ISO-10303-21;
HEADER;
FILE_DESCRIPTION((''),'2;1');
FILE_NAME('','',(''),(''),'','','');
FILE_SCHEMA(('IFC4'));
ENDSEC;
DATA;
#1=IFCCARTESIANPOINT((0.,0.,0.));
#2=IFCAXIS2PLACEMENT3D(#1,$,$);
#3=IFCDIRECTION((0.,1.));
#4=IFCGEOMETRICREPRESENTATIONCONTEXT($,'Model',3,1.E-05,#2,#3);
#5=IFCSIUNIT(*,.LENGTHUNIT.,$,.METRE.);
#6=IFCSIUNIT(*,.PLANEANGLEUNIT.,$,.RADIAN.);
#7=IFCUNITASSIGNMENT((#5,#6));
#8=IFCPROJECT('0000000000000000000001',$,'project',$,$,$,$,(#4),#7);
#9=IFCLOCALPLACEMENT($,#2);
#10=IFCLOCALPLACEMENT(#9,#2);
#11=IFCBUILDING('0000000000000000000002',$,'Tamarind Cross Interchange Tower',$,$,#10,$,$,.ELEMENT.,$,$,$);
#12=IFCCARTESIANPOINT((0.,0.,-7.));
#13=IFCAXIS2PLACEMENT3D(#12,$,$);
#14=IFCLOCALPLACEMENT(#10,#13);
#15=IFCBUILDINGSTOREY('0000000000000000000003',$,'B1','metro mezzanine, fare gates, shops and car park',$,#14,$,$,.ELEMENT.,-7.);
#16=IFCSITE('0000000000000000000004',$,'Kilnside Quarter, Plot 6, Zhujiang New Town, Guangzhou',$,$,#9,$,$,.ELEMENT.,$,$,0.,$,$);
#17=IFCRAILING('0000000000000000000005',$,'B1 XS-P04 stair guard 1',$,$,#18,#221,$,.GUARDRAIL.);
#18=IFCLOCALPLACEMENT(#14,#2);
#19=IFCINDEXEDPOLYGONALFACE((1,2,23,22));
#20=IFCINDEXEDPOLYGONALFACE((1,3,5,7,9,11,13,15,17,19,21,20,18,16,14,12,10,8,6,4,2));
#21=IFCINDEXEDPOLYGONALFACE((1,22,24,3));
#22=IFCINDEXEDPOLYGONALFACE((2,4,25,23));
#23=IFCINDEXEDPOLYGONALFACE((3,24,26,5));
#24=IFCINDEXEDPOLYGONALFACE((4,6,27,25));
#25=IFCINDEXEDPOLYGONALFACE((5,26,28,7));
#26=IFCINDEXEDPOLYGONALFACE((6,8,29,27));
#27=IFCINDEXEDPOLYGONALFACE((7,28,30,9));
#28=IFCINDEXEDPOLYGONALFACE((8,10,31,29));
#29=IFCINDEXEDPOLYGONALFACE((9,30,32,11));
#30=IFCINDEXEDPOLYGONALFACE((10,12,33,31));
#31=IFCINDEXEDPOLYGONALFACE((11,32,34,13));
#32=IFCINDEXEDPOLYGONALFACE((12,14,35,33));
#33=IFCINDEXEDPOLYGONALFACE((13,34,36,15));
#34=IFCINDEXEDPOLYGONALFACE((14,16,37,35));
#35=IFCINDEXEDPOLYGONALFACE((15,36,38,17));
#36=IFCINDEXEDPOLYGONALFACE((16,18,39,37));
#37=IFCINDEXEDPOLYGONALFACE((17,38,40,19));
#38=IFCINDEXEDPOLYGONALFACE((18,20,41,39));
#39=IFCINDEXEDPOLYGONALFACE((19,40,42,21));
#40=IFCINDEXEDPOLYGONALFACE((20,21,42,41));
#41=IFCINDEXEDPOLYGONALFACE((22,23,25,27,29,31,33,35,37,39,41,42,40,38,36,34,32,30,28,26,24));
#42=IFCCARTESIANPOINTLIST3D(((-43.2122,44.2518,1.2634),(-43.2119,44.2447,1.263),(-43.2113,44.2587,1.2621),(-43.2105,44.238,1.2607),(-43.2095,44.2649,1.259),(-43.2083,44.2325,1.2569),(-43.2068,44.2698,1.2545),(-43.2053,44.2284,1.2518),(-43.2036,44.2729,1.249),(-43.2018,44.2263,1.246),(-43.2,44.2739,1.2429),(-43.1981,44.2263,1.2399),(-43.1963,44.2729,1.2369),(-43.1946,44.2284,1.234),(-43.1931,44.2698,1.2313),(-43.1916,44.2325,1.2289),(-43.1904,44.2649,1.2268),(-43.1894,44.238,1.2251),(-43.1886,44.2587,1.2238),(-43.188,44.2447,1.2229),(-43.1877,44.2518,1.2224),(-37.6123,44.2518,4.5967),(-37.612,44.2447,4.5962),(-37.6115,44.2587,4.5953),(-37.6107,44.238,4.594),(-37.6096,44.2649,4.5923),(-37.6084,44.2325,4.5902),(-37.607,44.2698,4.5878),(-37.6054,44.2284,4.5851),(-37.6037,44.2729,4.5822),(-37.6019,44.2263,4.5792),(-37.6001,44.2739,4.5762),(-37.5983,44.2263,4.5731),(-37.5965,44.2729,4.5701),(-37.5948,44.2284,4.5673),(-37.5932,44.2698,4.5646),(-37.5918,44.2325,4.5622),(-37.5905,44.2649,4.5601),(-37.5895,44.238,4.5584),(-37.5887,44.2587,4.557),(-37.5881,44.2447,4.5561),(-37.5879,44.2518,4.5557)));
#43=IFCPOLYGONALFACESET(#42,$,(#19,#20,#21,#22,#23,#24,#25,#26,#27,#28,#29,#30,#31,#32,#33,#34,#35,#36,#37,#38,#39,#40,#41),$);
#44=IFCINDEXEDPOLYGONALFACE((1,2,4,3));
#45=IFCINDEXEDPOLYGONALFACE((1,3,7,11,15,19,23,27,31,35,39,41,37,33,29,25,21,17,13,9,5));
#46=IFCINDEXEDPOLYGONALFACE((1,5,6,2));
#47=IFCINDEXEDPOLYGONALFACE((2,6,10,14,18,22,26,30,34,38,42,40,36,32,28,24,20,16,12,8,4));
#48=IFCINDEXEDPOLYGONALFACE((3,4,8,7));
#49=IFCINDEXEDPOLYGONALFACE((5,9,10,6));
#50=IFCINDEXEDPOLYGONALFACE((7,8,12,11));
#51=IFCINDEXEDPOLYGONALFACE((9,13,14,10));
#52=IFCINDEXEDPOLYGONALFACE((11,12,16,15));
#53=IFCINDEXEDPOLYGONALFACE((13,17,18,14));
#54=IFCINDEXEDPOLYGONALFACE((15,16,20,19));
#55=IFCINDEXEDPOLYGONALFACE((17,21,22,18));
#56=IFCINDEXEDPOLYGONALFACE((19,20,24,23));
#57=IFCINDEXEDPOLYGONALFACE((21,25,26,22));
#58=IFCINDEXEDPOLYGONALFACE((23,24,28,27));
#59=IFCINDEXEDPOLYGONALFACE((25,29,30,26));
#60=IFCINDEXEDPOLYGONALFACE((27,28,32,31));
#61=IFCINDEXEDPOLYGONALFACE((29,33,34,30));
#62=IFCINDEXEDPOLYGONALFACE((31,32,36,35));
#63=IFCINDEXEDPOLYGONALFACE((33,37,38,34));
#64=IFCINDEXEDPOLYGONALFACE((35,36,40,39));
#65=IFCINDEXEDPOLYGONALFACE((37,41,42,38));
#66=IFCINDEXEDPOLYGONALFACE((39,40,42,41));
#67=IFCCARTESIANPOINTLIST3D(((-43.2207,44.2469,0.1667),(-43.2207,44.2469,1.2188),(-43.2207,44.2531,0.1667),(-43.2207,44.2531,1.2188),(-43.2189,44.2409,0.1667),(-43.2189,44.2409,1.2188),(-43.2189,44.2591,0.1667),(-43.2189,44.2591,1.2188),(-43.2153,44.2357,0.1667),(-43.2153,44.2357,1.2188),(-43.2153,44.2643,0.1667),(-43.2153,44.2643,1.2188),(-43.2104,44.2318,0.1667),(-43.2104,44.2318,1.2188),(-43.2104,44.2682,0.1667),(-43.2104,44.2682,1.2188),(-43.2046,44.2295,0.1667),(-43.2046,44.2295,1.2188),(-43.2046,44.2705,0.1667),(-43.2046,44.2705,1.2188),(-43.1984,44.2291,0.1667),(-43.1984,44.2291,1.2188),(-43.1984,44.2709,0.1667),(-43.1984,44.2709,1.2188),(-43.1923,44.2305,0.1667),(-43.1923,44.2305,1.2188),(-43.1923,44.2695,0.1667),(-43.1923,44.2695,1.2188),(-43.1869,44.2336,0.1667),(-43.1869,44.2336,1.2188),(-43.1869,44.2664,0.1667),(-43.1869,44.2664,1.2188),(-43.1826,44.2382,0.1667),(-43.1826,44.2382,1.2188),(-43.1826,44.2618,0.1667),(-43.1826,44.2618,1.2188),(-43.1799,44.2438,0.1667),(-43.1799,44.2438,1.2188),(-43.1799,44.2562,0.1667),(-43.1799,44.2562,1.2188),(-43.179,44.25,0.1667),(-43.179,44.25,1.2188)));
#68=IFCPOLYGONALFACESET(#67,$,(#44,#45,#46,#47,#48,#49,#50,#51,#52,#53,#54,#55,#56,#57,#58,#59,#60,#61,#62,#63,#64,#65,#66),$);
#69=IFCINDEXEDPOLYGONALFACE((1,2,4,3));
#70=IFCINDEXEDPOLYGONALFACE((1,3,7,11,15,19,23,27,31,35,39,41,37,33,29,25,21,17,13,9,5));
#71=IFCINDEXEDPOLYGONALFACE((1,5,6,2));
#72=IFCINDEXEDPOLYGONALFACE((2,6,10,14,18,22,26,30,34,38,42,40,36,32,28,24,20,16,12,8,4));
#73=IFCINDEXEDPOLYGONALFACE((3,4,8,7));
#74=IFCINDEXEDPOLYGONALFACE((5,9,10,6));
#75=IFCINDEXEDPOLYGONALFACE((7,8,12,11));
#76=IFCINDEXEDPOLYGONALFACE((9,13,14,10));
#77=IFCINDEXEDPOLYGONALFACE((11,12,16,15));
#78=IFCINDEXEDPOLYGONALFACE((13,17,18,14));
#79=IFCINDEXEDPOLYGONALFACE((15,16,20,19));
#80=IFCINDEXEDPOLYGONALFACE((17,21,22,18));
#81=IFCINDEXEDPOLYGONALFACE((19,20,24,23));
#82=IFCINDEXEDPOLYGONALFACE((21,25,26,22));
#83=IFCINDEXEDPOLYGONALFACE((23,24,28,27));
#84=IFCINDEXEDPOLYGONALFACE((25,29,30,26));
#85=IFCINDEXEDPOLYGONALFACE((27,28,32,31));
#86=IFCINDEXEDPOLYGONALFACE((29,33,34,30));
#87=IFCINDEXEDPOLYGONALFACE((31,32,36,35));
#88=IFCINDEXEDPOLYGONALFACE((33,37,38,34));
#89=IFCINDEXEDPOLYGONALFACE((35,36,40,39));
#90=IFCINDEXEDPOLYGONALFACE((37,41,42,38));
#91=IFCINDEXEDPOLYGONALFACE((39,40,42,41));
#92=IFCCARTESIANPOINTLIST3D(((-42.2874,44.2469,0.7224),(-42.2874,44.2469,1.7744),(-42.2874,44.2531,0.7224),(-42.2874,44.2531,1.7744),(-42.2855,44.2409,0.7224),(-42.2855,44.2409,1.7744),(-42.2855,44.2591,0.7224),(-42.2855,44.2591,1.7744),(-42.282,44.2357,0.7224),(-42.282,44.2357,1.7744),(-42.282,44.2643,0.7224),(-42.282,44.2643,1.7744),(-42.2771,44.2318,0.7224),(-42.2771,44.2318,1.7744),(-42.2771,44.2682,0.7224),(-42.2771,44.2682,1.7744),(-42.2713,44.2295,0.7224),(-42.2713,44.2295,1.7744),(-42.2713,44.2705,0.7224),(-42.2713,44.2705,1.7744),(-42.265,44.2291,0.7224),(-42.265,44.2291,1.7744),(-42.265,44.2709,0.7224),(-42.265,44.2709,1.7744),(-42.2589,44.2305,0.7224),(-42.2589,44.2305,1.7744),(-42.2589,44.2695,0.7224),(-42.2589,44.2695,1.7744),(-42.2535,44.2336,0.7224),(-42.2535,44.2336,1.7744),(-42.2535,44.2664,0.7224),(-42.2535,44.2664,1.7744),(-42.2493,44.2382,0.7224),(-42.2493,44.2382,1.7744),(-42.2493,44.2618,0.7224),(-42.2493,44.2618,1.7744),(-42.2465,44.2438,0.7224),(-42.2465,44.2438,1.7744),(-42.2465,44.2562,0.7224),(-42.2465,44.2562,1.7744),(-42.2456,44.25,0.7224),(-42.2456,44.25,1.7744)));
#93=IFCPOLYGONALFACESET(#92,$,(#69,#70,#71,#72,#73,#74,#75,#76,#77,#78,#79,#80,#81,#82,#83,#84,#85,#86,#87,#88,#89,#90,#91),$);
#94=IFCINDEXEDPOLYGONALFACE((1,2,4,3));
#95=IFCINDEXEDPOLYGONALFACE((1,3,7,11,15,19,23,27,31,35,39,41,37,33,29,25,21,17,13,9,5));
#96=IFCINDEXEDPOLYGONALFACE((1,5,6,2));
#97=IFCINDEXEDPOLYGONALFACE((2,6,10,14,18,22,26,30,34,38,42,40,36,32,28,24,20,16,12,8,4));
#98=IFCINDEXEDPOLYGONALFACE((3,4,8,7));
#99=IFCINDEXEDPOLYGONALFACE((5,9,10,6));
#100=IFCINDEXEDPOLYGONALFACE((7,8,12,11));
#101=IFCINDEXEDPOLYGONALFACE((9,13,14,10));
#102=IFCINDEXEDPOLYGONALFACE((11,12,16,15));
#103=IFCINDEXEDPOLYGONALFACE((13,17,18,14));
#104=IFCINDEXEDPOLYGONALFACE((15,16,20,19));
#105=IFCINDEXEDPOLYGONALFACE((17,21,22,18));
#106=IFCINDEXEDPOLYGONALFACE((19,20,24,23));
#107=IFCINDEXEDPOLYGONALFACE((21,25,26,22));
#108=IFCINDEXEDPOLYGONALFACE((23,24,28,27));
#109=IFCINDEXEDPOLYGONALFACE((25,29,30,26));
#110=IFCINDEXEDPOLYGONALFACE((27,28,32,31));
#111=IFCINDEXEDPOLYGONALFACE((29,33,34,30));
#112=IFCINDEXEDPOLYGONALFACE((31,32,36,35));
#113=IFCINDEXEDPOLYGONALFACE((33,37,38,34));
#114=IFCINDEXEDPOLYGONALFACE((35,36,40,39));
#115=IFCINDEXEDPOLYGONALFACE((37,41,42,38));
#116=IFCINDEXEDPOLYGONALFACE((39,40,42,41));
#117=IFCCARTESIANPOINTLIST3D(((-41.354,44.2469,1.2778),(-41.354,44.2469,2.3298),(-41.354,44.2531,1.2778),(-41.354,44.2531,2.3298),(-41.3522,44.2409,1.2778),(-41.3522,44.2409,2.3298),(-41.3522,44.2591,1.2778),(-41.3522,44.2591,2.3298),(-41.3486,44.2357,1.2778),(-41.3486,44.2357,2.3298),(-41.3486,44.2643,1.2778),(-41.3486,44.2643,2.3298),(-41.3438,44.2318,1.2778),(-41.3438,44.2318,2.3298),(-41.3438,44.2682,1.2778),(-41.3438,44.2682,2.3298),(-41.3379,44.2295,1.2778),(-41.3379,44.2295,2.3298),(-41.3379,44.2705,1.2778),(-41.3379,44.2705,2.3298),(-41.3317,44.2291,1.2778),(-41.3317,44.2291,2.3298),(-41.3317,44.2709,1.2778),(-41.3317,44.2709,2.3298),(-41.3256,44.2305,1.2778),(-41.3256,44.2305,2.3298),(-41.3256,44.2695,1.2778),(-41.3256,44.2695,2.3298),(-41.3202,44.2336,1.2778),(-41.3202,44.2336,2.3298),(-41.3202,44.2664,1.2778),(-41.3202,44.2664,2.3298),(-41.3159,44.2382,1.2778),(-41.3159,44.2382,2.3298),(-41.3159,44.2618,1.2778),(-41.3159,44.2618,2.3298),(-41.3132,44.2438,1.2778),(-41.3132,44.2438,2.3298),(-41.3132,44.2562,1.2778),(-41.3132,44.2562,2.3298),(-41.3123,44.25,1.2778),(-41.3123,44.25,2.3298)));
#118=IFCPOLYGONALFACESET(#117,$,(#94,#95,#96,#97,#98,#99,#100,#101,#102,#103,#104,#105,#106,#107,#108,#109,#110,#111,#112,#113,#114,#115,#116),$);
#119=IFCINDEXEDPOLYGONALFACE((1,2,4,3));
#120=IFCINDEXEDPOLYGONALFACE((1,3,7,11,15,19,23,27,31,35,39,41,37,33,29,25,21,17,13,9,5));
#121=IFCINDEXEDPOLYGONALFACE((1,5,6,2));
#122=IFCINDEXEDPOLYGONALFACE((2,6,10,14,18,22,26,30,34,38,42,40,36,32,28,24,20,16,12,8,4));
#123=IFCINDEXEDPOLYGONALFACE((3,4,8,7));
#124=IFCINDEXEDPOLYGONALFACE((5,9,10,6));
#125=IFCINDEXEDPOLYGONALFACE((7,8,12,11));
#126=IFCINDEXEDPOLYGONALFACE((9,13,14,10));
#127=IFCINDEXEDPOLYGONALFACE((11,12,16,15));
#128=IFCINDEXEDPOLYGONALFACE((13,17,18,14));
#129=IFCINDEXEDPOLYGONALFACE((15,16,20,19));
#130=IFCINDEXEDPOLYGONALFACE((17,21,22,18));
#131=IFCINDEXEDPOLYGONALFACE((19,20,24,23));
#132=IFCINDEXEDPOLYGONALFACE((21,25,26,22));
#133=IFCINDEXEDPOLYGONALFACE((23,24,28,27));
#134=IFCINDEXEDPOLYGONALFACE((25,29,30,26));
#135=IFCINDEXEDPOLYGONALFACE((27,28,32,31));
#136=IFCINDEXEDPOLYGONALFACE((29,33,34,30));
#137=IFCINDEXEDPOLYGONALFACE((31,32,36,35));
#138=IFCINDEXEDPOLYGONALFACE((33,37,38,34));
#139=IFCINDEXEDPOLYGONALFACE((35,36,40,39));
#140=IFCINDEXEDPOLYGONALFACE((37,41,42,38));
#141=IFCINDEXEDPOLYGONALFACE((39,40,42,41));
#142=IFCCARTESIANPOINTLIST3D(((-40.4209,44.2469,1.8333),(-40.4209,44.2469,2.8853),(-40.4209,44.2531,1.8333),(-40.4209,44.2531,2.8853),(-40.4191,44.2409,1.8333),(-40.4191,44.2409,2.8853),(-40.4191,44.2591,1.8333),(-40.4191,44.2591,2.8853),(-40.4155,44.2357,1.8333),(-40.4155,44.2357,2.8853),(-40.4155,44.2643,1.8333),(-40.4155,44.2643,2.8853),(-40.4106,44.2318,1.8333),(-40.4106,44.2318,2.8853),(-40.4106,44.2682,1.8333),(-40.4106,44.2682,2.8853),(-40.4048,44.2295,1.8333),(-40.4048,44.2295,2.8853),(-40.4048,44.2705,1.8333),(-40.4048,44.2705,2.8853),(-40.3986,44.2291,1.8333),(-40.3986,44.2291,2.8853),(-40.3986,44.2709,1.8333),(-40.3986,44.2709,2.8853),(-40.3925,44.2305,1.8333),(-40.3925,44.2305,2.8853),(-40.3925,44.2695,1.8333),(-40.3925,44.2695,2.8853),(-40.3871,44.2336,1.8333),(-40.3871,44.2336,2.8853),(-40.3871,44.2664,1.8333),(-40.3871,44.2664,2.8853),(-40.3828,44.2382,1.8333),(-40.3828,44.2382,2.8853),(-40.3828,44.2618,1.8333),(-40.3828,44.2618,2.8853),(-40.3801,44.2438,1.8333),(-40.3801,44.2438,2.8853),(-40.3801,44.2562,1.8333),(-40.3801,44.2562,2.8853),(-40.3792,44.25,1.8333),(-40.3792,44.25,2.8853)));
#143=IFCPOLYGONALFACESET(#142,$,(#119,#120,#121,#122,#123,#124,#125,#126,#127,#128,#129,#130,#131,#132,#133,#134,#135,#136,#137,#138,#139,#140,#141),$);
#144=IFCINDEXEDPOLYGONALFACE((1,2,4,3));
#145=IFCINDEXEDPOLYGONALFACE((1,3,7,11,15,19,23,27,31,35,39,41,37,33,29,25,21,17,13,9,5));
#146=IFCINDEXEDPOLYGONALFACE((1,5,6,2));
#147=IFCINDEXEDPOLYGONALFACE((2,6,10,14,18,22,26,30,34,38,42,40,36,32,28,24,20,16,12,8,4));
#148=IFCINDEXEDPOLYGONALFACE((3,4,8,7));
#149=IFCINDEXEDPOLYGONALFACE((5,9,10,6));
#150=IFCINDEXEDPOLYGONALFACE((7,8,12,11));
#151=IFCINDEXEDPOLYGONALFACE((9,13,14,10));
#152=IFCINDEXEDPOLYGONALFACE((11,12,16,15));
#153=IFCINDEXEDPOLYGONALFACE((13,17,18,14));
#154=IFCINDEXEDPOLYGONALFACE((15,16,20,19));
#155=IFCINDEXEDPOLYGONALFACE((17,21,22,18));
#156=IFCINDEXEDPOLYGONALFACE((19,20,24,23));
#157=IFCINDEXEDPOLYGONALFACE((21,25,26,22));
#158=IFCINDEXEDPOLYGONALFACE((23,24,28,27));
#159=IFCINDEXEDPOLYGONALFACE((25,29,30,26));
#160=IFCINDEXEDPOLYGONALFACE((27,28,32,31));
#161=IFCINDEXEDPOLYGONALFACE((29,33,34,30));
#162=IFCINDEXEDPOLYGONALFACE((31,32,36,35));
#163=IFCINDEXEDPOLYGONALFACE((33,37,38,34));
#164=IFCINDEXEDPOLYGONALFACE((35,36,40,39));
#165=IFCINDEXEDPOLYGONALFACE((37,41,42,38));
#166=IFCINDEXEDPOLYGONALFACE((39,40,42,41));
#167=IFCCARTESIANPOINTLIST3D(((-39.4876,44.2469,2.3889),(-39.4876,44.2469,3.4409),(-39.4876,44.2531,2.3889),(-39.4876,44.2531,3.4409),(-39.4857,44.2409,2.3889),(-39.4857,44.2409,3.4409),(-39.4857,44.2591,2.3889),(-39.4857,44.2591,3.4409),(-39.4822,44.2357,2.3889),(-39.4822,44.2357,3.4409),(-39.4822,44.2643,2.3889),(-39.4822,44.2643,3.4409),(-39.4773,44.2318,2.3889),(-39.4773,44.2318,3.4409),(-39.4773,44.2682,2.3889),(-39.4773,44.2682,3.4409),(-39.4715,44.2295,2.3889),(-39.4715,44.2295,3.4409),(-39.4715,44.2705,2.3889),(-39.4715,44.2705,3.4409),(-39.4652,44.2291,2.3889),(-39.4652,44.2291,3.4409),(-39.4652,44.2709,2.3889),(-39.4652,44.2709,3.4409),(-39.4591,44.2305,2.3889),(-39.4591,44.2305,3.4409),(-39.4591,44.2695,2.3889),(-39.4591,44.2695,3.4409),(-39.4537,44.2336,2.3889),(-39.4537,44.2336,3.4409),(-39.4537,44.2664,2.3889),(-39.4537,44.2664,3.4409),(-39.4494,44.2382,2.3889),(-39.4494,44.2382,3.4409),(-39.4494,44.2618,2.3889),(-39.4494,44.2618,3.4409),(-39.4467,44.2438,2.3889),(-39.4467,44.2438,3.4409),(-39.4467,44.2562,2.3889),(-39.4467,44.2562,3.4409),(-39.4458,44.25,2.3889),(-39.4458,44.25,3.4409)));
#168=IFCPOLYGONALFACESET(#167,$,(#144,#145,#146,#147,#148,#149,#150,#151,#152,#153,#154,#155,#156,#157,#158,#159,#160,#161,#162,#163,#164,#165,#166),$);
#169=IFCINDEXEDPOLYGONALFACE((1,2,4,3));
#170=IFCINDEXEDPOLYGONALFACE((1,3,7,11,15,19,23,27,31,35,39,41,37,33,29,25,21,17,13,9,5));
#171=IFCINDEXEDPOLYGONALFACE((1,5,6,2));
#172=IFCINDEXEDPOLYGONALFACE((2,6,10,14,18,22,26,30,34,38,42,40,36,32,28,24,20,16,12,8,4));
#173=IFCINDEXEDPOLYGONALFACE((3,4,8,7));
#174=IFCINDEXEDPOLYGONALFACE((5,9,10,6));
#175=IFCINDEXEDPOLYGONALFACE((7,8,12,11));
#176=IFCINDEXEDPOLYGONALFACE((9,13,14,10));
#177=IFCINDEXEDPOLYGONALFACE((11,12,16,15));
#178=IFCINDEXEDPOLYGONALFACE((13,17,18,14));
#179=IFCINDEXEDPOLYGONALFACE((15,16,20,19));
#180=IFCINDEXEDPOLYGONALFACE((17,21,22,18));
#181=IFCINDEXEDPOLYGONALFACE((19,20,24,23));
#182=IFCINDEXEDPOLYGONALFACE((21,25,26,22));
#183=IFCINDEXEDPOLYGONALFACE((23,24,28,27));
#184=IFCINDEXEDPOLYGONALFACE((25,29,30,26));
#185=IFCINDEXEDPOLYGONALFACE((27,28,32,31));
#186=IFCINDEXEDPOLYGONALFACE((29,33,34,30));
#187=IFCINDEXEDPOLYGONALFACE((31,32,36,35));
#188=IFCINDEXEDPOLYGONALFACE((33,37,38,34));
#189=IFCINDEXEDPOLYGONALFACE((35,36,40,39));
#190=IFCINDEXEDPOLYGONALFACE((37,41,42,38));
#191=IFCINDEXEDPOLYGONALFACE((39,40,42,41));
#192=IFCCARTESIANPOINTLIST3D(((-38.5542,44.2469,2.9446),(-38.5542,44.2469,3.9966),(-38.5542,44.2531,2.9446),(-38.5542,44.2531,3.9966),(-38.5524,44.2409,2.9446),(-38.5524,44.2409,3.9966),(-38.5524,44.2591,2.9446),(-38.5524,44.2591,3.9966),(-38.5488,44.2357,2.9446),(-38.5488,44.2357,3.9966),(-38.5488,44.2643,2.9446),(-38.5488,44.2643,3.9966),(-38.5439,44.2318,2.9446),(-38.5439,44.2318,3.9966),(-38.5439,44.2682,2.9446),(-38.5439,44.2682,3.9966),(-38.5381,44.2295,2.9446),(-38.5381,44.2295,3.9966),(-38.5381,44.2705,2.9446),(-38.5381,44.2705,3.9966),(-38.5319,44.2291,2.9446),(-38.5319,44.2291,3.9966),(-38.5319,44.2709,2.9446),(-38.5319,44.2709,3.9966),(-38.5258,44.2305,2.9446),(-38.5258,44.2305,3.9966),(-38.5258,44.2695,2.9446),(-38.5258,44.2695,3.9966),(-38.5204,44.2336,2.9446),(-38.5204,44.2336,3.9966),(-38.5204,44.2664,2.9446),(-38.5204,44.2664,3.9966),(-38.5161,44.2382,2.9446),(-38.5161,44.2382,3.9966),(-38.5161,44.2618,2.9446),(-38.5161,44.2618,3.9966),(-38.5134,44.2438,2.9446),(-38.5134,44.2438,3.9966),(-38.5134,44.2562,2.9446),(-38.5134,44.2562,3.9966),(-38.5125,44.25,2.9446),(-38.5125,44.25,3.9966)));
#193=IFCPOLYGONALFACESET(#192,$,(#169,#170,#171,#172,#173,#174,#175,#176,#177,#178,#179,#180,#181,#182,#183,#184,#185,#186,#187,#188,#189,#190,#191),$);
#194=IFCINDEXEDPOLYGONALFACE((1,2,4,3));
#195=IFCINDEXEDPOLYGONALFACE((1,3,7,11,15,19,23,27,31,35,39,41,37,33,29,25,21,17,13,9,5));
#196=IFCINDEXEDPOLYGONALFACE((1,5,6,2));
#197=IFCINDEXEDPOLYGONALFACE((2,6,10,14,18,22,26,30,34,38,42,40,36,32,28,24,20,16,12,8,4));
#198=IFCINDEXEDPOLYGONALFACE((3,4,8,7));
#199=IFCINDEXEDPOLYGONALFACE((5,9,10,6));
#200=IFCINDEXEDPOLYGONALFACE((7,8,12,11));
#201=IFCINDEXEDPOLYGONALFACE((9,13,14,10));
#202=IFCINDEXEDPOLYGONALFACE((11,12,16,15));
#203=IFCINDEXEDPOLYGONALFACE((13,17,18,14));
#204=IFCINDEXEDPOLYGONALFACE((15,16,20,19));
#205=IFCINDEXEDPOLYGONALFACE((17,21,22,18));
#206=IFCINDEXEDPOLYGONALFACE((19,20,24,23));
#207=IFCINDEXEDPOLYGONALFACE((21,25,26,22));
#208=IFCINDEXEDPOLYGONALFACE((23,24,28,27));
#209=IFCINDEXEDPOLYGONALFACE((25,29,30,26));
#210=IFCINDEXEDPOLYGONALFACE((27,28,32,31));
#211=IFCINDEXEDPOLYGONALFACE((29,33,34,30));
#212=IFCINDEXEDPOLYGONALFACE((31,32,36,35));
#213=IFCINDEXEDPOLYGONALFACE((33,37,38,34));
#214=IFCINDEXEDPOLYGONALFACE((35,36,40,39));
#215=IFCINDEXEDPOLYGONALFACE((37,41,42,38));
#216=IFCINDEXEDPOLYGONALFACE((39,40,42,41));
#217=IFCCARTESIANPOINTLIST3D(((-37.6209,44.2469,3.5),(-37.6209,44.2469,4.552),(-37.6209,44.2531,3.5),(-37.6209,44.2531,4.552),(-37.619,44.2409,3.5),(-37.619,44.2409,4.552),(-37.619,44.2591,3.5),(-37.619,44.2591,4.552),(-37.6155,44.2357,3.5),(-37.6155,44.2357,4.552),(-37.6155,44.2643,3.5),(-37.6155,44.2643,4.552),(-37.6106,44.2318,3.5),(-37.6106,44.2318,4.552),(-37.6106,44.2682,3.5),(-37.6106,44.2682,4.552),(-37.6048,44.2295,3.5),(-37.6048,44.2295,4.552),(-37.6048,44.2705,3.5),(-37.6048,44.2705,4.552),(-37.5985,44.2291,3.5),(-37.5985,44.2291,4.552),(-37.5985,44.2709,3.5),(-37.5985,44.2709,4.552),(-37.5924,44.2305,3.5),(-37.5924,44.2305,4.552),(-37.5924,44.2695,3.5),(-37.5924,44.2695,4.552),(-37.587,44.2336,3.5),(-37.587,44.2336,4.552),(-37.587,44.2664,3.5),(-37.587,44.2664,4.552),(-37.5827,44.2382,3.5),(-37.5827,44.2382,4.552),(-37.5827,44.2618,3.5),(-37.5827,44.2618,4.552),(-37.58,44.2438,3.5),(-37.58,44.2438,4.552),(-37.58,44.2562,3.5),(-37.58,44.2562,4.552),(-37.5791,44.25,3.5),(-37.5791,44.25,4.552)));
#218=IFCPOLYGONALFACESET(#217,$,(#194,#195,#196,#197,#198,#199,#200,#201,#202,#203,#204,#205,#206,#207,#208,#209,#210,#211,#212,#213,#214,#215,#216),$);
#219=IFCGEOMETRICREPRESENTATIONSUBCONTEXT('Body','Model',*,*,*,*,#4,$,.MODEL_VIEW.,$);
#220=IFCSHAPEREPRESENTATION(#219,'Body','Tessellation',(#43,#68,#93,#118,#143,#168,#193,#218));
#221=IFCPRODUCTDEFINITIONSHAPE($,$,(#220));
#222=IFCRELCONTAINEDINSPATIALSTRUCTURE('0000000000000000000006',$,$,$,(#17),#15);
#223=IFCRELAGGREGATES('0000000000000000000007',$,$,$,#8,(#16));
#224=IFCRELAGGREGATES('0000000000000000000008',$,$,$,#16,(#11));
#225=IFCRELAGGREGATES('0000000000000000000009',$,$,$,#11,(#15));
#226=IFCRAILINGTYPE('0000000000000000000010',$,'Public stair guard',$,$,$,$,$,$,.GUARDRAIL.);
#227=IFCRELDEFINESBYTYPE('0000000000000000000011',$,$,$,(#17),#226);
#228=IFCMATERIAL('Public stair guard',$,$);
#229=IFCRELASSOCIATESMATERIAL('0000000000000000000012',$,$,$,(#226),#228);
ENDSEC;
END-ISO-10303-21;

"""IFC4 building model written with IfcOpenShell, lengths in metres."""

from ifc_helpers import new_model, si_unit, direction, frame, origin, origin_2d, place, context, subcontext, project, spatial, circle, extrude, material, type_object, element, save


model = new_model("IFC4")

# Units and contexts
model_context = context("Model", 3, precision=1e-05, world=origin(), true_north=direction((0.0, 1.0)))
body_context = subcontext(model_context, "Body", "Model", "MODEL_VIEW")
ifc_project = project(units=[si_unit("LENGTHUNIT", "METRE"), si_unit("PLANEANGLEUNIT", "RADIAN")], contexts=[model_context])

# Site, building, storey
site_placement = place(None, origin())
site = spatial("IfcSite", under=ifc_project, at=site_placement, Name="Kilnside Quarter, Plot 6, Zhujiang New Town, Guangzhou", CompositionType="ELEMENT", RefElevation=0.0)
building_placement = place(site_placement, origin())
building = spatial("IfcBuilding", under=site, at=building_placement, Name="Tamarind Cross Interchange Tower", CompositionType="ELEMENT")
storey_placement = place(building_placement, frame((0.0, 0.0, -7.0)))
storey = spatial("IfcBuildingStorey", under=building, at=storey_placement, Name="B1", Description="metro mezzanine, fare gates, shops and car park", CompositionType="ELEMENT", Elevation=-7.0)

# Railing
ifc_material_1 = material(Name="Public stair guard")
railing_type_1 = type_object("IfcRailingType", Name="Public stair guard", PredefinedType="GUARDRAIL", material=ifc_material_1)
railing_1_placement = place(storey_placement, frame((-43.2, 44.25, 0.1667)))
element("IfcRailing", 1, at=railing_1_placement, inside=storey, type_object=railing_type_1, Name="B1 XS-P04 stair guard 1", PredefinedType="GUARDRAIL", context=body_context, shape_type="SweptSolid", body=[
    extrude(circle(Radius=0.0239, at=origin_2d()), frame((0.0, 0.0, 1.0762), z_axis=(0.859292, 0.0, 0.511485), x_axis=(0.0, 1.0, 0.0)), (0.0, 0.0, 1.0), 6.5168),
    extrude(circle(Radius=0.021, at=origin_2d()), origin(), (0.0, 0.0, 1.0), 1.052),
    extrude(circle(Radius=0.021, at=origin_2d()), frame((0.9333, 0.0, 0.5557)), (0.0, 0.0, 1.0), 1.052),
    extrude(circle(Radius=0.021, at=origin_2d()), frame((1.8667, 0.0, 1.1111)), (0.0, 0.0, 1.0), 1.052),
    extrude(circle(Radius=0.021, at=origin_2d()), frame((2.7998, 0.0, 1.6665)), (0.0, 0.0, 1.0), 1.052),
    extrude(circle(Radius=0.021, at=origin_2d()), frame((3.7332, 0.0, 2.2222)), (0.0, 0.0, 1.0), 1.052),
    extrude(circle(Radius=0.021, at=origin_2d()), frame((4.6665, 0.0, 2.7778)), (0.0, 0.0, 1.0), 1.052),
    extrude(circle(Radius=0.021, at=origin_2d()), frame((5.5999, 0.0, 3.3333)), (0.0, 0.0, 1.0), 1.052),
])

save(model, "model.ifc")
